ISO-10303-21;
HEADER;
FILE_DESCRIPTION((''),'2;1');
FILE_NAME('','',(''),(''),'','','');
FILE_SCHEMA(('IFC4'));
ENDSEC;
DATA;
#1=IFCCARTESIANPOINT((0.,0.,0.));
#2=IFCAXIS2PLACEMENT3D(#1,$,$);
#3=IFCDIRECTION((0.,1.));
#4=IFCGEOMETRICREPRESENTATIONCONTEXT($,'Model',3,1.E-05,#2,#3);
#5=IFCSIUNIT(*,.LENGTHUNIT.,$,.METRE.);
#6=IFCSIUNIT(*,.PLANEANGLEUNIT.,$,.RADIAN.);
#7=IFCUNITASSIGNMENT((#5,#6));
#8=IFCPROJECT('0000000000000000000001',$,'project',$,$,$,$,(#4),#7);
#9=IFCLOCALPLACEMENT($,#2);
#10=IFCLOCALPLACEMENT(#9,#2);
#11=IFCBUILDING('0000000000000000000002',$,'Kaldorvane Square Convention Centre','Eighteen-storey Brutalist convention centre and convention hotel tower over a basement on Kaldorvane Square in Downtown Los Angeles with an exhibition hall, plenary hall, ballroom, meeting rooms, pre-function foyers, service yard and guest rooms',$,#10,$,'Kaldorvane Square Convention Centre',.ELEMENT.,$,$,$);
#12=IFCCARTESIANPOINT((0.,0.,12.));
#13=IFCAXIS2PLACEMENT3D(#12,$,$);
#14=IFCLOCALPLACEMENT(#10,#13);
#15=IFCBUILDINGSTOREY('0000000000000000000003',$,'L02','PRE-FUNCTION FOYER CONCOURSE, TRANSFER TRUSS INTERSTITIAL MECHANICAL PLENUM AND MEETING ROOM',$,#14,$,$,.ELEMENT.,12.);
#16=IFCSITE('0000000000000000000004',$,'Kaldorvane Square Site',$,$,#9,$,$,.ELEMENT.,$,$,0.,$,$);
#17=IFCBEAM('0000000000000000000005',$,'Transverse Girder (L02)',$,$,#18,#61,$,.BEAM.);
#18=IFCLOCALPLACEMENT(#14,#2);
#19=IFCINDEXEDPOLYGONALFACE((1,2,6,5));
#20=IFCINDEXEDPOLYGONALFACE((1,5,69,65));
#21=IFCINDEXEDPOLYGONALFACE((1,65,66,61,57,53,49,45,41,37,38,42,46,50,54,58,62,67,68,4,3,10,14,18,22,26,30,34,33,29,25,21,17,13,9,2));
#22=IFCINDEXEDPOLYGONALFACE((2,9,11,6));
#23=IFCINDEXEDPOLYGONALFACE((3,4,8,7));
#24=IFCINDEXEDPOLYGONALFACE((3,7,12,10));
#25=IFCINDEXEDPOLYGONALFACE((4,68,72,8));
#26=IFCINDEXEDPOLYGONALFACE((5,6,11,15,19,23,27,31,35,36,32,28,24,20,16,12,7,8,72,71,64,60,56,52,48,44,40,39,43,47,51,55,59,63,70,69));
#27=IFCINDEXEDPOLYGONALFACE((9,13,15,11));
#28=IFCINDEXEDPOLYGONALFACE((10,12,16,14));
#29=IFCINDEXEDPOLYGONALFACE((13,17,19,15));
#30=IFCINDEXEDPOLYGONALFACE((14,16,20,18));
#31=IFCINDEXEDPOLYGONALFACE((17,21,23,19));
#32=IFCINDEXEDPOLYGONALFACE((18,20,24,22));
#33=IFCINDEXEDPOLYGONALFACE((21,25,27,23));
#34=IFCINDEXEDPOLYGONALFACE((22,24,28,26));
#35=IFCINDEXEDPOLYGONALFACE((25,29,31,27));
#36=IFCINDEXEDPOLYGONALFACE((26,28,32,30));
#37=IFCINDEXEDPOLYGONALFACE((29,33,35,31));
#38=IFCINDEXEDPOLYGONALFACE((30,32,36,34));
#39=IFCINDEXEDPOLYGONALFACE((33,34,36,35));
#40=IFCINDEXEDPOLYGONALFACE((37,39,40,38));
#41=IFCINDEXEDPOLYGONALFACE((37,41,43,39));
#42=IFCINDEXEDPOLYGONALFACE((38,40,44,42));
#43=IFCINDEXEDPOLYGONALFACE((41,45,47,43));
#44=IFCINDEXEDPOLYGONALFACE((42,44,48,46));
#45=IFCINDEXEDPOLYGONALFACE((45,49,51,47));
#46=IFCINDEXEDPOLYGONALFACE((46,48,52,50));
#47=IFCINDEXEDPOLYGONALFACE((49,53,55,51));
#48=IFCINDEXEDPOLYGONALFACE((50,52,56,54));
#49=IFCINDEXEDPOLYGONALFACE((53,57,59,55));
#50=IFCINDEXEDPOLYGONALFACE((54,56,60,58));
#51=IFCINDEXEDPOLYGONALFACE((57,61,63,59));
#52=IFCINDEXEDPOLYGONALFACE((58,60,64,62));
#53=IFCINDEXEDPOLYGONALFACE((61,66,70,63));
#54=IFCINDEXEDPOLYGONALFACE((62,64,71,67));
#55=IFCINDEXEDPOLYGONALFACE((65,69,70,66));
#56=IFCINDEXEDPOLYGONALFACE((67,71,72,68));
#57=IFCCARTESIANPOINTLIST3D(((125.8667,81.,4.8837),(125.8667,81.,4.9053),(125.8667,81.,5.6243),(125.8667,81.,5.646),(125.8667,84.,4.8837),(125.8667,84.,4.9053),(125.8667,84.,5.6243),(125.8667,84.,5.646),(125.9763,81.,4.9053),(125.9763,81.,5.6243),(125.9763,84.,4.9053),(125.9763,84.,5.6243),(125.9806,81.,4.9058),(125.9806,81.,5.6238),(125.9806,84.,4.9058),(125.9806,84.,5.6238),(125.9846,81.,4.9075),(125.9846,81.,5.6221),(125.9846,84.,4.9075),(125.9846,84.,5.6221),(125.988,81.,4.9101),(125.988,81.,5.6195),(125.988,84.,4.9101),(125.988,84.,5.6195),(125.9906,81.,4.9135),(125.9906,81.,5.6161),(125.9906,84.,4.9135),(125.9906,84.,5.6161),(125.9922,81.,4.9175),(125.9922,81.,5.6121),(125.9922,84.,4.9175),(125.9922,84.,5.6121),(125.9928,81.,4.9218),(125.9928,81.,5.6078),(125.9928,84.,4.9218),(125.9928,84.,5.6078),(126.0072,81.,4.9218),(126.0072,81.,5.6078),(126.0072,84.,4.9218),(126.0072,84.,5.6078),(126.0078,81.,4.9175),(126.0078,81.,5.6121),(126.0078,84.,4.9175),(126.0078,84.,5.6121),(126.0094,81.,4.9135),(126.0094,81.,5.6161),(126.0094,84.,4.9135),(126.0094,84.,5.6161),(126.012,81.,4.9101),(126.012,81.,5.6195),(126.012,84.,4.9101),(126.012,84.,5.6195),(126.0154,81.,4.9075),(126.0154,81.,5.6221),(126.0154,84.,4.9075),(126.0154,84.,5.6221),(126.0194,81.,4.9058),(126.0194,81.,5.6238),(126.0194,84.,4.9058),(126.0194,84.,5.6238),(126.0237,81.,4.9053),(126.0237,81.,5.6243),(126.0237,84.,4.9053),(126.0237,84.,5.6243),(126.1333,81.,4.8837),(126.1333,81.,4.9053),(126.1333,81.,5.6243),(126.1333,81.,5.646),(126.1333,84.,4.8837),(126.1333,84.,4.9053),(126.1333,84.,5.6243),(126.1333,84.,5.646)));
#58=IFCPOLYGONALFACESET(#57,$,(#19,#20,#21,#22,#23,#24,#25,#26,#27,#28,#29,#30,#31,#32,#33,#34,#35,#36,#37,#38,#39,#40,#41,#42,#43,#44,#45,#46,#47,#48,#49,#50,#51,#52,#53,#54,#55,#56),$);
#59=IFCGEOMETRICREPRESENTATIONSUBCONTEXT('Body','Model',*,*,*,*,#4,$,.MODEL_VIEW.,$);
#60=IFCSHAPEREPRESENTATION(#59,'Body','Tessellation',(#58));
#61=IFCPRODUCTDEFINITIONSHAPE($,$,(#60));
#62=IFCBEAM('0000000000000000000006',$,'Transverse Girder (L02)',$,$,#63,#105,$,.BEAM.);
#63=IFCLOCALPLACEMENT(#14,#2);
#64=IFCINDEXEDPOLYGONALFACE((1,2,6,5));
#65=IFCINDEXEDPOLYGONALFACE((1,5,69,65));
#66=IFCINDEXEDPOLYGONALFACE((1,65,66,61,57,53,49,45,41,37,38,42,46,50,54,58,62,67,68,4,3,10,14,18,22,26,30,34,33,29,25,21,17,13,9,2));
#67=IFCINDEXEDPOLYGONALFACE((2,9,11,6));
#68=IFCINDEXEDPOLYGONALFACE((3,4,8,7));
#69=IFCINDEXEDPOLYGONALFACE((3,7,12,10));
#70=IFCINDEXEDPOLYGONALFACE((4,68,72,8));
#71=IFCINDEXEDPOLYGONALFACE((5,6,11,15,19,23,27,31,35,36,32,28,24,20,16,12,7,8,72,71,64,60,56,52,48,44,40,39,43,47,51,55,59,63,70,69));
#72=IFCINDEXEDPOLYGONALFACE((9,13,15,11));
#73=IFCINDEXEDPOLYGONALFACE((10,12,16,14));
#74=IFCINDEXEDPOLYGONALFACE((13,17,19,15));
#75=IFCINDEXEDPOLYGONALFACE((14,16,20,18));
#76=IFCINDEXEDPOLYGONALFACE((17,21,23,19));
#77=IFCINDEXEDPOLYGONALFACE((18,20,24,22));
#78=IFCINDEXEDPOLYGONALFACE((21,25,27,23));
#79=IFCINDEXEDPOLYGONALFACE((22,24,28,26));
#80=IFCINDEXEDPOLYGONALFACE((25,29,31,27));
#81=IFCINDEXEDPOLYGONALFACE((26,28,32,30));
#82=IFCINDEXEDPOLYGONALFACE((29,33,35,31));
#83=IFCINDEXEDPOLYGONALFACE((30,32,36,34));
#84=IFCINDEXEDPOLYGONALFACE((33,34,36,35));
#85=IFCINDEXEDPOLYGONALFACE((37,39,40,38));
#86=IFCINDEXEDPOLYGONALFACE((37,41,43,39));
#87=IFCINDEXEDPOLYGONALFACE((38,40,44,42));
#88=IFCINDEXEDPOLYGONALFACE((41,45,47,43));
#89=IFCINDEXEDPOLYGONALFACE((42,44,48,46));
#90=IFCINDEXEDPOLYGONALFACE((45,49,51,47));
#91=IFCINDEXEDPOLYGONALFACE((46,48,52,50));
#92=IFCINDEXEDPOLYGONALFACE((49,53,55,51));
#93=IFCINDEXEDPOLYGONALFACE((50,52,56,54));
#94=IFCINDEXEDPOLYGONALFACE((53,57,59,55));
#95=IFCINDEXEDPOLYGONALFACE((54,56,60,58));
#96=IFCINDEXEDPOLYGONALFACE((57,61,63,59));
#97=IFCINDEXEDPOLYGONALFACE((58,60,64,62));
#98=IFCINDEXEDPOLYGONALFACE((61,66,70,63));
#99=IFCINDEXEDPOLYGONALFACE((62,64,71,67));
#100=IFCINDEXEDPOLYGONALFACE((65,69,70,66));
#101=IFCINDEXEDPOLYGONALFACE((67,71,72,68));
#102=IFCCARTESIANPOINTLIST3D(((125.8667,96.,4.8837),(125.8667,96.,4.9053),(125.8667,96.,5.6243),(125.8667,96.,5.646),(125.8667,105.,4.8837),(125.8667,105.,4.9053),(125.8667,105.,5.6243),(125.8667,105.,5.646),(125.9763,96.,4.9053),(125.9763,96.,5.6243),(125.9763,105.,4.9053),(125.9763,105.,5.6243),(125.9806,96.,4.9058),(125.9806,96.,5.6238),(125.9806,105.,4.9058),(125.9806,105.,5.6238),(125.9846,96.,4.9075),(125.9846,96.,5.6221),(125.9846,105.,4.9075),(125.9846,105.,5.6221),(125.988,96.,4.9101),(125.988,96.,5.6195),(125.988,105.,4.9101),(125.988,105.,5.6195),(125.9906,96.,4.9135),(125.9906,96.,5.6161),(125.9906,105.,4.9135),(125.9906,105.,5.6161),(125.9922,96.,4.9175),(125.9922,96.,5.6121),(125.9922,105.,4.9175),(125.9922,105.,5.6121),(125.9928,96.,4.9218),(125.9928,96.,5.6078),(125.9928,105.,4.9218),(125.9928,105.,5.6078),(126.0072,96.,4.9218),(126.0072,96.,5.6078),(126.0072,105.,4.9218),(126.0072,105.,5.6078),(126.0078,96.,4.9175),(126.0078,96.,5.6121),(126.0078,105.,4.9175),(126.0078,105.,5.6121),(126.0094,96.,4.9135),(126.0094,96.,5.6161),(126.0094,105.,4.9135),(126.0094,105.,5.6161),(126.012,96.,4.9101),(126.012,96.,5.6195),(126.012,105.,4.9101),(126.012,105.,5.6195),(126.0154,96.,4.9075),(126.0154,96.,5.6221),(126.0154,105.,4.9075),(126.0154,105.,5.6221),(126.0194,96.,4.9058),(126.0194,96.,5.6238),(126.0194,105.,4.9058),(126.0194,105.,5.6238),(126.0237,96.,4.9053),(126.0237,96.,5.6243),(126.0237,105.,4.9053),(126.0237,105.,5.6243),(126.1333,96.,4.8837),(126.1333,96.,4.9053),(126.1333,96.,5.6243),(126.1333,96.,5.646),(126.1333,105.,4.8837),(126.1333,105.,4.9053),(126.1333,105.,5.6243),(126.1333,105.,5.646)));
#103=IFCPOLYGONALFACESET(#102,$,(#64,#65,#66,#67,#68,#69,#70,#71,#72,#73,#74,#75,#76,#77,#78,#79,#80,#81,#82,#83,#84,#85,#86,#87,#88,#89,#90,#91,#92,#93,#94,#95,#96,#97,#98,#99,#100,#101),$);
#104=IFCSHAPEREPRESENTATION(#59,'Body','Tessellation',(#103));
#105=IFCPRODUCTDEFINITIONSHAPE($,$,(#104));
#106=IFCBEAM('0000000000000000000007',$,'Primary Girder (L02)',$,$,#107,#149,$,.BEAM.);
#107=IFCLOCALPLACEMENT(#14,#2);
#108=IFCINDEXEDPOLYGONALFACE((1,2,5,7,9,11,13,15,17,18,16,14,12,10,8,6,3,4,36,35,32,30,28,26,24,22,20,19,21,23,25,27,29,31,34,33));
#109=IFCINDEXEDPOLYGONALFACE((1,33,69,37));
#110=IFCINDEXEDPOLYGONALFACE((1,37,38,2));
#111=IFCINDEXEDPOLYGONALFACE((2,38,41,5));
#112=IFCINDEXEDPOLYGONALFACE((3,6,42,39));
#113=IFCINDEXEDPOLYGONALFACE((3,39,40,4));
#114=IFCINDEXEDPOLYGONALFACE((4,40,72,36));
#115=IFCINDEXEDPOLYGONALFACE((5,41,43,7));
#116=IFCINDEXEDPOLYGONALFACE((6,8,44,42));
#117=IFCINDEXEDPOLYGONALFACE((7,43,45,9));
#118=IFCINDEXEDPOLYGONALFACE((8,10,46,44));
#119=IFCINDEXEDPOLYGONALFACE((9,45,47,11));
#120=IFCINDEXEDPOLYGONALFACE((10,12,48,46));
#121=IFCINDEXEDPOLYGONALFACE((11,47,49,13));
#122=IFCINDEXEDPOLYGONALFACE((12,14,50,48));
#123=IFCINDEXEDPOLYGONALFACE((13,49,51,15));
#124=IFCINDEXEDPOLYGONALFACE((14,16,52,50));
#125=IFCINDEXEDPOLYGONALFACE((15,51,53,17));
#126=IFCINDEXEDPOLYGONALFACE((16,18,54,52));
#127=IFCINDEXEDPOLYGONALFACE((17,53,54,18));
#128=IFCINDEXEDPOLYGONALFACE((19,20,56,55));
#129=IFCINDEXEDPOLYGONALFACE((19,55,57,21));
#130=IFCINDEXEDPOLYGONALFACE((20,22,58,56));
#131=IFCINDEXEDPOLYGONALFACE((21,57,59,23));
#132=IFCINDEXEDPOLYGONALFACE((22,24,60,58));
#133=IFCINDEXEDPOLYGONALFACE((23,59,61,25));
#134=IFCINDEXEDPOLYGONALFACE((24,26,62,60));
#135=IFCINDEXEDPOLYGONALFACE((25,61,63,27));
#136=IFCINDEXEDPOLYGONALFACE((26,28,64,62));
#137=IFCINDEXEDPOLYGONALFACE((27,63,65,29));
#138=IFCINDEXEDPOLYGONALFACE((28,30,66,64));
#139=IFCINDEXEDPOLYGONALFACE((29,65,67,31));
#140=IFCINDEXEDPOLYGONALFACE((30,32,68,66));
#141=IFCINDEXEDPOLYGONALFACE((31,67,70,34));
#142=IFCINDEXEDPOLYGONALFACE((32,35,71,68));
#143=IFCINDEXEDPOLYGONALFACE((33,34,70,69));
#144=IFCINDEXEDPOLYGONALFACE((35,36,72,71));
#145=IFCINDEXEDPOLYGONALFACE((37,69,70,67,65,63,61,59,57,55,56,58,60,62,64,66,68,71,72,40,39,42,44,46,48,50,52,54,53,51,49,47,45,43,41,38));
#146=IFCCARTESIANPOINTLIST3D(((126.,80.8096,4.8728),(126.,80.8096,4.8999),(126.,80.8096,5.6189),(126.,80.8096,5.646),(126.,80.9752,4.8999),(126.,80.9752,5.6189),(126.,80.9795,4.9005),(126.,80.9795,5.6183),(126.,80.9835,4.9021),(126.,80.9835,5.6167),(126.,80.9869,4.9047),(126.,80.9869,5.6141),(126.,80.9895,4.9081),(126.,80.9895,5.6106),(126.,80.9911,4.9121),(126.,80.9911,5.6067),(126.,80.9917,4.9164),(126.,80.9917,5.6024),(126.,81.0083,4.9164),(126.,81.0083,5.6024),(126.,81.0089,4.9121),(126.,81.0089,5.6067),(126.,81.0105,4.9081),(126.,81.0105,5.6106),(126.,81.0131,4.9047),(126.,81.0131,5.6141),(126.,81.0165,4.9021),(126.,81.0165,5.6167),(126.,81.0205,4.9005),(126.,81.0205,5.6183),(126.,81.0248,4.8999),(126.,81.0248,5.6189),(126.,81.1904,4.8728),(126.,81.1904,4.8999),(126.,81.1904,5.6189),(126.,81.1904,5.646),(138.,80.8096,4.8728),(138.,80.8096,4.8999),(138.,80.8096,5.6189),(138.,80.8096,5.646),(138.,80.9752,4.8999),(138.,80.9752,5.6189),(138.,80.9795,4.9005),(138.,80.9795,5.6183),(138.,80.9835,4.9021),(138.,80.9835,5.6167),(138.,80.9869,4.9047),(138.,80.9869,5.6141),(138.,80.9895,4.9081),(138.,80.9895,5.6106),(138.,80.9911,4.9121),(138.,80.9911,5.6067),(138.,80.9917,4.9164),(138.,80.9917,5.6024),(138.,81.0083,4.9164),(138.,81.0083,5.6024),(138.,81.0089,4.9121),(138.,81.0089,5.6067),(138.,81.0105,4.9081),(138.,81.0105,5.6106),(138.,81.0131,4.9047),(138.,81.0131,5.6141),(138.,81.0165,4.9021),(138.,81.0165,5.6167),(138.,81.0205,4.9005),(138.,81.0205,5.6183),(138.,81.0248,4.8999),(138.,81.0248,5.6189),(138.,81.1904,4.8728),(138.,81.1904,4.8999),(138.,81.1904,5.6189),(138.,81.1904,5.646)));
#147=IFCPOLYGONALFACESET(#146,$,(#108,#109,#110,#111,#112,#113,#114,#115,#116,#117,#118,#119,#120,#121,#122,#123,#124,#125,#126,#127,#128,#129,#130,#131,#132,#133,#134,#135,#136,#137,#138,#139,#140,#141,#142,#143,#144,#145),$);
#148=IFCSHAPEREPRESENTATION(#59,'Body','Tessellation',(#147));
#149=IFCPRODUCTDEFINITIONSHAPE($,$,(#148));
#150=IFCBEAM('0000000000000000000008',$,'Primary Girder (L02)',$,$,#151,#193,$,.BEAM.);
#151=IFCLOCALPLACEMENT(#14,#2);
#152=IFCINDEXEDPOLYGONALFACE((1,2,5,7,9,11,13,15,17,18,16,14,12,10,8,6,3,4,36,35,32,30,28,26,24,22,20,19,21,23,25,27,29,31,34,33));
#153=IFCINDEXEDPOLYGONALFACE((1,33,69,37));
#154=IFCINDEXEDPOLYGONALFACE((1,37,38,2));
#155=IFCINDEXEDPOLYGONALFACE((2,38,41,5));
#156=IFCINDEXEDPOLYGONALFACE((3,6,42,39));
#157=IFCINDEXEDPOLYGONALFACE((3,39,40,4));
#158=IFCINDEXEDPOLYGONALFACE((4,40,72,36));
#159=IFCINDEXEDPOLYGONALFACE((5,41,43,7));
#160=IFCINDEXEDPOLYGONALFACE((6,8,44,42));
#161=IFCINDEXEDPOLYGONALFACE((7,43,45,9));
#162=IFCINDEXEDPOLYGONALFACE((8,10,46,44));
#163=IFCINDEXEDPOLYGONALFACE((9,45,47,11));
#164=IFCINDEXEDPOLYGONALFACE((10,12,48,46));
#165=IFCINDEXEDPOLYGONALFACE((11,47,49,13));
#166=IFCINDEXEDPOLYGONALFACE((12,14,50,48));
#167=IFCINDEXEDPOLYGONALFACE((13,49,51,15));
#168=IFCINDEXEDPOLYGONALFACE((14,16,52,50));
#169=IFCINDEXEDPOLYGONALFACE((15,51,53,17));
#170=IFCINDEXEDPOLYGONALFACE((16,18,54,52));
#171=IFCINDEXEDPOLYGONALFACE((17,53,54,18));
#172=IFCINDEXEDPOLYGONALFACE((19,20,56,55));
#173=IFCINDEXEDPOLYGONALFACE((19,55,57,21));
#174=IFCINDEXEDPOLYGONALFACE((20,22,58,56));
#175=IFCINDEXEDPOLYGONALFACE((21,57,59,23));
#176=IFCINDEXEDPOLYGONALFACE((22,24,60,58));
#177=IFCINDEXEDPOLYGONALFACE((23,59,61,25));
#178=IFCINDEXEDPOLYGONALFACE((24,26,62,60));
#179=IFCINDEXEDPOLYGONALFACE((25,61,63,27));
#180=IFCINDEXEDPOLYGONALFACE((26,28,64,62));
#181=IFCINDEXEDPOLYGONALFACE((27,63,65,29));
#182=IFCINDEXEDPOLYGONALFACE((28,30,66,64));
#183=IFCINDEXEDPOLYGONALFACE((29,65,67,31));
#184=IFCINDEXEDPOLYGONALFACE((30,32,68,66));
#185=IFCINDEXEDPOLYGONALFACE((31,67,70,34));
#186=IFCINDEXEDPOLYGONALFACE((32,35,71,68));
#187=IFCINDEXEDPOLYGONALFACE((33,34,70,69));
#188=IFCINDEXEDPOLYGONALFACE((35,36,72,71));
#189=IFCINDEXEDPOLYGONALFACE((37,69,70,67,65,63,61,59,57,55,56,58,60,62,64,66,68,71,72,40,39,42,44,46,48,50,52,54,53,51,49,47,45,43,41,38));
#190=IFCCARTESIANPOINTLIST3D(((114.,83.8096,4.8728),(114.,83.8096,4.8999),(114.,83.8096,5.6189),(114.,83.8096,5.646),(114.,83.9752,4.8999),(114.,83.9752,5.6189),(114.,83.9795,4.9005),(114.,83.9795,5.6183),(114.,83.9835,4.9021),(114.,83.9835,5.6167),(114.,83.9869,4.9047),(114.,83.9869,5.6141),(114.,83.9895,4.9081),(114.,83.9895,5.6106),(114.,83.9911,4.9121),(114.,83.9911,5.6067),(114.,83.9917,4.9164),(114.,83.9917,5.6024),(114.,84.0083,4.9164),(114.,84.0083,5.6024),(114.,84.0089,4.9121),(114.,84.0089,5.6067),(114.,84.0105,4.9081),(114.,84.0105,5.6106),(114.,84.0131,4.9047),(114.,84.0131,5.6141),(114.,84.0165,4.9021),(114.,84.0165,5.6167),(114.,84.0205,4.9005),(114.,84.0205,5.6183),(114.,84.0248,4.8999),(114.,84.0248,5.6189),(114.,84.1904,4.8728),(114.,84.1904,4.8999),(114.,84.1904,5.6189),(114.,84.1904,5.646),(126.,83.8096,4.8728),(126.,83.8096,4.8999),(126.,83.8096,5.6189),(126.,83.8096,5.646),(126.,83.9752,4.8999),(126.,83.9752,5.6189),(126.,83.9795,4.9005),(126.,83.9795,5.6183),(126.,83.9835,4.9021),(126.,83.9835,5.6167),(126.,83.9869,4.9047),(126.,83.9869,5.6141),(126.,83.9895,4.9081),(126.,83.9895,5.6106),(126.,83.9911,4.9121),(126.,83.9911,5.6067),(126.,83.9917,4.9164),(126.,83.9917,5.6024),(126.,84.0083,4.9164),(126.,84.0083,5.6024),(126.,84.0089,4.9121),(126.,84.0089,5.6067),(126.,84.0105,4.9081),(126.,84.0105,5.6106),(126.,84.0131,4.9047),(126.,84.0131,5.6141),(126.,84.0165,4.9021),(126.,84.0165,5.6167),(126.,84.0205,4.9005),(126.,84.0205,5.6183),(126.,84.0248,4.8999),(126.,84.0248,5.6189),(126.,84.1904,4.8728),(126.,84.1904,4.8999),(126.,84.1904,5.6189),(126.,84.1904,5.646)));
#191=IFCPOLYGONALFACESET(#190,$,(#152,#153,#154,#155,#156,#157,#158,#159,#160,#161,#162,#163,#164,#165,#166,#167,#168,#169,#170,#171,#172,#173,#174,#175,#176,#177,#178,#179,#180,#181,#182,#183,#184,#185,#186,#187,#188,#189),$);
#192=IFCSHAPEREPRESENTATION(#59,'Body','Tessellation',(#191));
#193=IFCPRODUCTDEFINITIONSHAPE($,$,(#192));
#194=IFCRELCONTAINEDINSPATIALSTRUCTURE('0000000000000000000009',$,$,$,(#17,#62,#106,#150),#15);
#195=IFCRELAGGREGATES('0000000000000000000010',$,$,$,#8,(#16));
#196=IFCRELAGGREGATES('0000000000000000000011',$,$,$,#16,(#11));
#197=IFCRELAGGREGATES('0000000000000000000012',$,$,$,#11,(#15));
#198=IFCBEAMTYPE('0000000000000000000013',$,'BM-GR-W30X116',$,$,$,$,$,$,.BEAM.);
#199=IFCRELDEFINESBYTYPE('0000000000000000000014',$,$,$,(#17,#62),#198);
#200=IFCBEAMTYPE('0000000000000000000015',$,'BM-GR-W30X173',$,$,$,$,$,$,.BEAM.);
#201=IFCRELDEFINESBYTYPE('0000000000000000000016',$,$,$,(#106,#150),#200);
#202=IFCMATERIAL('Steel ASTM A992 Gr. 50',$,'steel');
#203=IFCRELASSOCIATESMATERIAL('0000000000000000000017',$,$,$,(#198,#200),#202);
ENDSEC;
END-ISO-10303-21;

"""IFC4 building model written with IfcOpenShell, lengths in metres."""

from ifc_helpers import new_model, si_unit, direction, frame, origin, origin_2d, place, context, subcontext, project, spatial, i_section, extrude, material, material_profile, profile_set, type_object, element, save


model = new_model("IFC4")

# Units and contexts
model_context = context("Model", 3, precision=1e-05, world=origin(), true_north=direction((0.0, 1.0)))
body_context = subcontext(model_context, "Body", "Model", "MODEL_VIEW")
ifc_project = project(units=[si_unit("LENGTHUNIT", "METRE"), si_unit("PLANEANGLEUNIT", "RADIAN")], contexts=[model_context])

# Site, building, storey
site_placement = place(None, origin())
site = spatial("IfcSite", under=ifc_project, at=site_placement, Name="Kaldorvane Square Site", CompositionType="ELEMENT", RefElevation=0.0)
building_placement = place(site_placement, origin())
building = spatial("IfcBuilding", under=site, at=building_placement, Name="Kaldorvane Square Convention Centre", Description="Eighteen-storey Brutalist convention centre and convention hotel tower over a basement on Kaldorvane Square in Downtown Los Angeles with an exhibition hall, plenary hall, ballroom, meeting rooms, pre-function foyers, service yard and guest rooms", LongName="Kaldorvane Square Convention Centre", CompositionType="ELEMENT")
storey_placement = place(building_placement, frame((0.0, 0.0, 12.0)))
storey = spatial("IfcBuildingStorey", under=building, at=storey_placement, Name="L02", Description="PRE-FUNCTION FOYER CONCOURSE, TRANSFER TRUSS INTERSTITIAL MECHANICAL PLENUM AND MEETING ROOM", CompositionType="ELEMENT", Elevation=12.0)

# Shared definitions
ifc_material_1 = material(Name="Steel ASTM A992 Gr. 50", Category="steel")

# Beams
ifc_material_profile_1 = material_profile(ifc_material_1, i_section(OverallWidth=0.2666, OverallDepth=0.7623, WebThickness=0.0144, FlangeThickness=0.0216, FilletRadius=0.0165, at=origin_2d()), Name="W30X116")
ifc_profile_set_1 = profile_set([ifc_material_profile_1], Name="Steel ASTM A992 Gr. 50")
beam_type_1 = type_object("IfcBeamType", Name="BM-GR-W30X116", PredefinedType="BEAM", material=ifc_profile_set_1)
beam_1_placement = place(storey_placement, frame((126.0, 81.0, 5.2648), z_axis=(0.0, 1.0, 0.0), x_axis=(-1.0, 0.0, 0.0)))
element("IfcBeam", 1, at=beam_1_placement, inside=storey, type_object=beam_type_1, Name="Transverse Girder (L02)", PredefinedType="BEAM", context=body_context, shape_type="SweptSolid", body=[
    extrude(i_section(OverallWidth=0.2666, OverallDepth=0.7623, WebThickness=0.0144, FlangeThickness=0.0216, FilletRadius=0.0165, at=origin_2d()), origin(), (0.0, 0.0, 1.0), 3.0),
])
beam_2_placement = place(storey_placement, frame((126.0, 96.0, 5.2648), z_axis=(0.0, 1.0, 0.0), x_axis=(-1.0, 0.0, 0.0)))
element("IfcBeam", 2, at=beam_2_placement, inside=storey, type_object=beam_type_1, Name="Transverse Girder (L02)", PredefinedType="BEAM", context=body_context, shape_type="SweptSolid", body=[
    extrude(i_section(OverallWidth=0.2666, OverallDepth=0.7623, WebThickness=0.0144, FlangeThickness=0.0216, FilletRadius=0.0165, at=origin_2d()), origin(), (0.0, 0.0, 1.0), 9.0),
])
ifc_material_profile_2 = material_profile(ifc_material_1, i_section(OverallWidth=0.3807, OverallDepth=0.7732, WebThickness=0.0166, FlangeThickness=0.0271, FilletRadius=0.0165, at=origin_2d()), Name="W30X173")
ifc_profile_set_2 = profile_set([ifc_material_profile_2], Name="Steel ASTM A992 Gr. 50")
beam_type_2 = type_object("IfcBeamType", Name="BM-GR-W30X173", PredefinedType="BEAM", material=ifc_profile_set_2)
for number, where, z_axis, x_axis, name in (
    (3, (126.0, 81.0, 5.2594), (1.0, 0.0, 0.0), (0.0, 1.0, 0.0), "Primary Girder (L02)"),
    (4, (114.0, 84.0, 5.2594), (1.0, 0.0, 0.0), (0.0, 1.0, 0.0), "Primary Girder (L02)"),
):
    element("IfcBeam", number, at=place(storey_placement, frame(where, z_axis=z_axis, x_axis=x_axis)), inside=storey, type_object=beam_type_2, Name=name, PredefinedType="BEAM", context=body_context, shape_type="SweptSolid", body=[
        extrude(i_section(OverallWidth=0.3807, OverallDepth=0.7732, WebThickness=0.0166, FlangeThickness=0.0271, FilletRadius=0.0165, at=origin_2d()), origin(), (0.0, 0.0, 1.0), 12.0),
    ])

save(model, "model.ifc")
